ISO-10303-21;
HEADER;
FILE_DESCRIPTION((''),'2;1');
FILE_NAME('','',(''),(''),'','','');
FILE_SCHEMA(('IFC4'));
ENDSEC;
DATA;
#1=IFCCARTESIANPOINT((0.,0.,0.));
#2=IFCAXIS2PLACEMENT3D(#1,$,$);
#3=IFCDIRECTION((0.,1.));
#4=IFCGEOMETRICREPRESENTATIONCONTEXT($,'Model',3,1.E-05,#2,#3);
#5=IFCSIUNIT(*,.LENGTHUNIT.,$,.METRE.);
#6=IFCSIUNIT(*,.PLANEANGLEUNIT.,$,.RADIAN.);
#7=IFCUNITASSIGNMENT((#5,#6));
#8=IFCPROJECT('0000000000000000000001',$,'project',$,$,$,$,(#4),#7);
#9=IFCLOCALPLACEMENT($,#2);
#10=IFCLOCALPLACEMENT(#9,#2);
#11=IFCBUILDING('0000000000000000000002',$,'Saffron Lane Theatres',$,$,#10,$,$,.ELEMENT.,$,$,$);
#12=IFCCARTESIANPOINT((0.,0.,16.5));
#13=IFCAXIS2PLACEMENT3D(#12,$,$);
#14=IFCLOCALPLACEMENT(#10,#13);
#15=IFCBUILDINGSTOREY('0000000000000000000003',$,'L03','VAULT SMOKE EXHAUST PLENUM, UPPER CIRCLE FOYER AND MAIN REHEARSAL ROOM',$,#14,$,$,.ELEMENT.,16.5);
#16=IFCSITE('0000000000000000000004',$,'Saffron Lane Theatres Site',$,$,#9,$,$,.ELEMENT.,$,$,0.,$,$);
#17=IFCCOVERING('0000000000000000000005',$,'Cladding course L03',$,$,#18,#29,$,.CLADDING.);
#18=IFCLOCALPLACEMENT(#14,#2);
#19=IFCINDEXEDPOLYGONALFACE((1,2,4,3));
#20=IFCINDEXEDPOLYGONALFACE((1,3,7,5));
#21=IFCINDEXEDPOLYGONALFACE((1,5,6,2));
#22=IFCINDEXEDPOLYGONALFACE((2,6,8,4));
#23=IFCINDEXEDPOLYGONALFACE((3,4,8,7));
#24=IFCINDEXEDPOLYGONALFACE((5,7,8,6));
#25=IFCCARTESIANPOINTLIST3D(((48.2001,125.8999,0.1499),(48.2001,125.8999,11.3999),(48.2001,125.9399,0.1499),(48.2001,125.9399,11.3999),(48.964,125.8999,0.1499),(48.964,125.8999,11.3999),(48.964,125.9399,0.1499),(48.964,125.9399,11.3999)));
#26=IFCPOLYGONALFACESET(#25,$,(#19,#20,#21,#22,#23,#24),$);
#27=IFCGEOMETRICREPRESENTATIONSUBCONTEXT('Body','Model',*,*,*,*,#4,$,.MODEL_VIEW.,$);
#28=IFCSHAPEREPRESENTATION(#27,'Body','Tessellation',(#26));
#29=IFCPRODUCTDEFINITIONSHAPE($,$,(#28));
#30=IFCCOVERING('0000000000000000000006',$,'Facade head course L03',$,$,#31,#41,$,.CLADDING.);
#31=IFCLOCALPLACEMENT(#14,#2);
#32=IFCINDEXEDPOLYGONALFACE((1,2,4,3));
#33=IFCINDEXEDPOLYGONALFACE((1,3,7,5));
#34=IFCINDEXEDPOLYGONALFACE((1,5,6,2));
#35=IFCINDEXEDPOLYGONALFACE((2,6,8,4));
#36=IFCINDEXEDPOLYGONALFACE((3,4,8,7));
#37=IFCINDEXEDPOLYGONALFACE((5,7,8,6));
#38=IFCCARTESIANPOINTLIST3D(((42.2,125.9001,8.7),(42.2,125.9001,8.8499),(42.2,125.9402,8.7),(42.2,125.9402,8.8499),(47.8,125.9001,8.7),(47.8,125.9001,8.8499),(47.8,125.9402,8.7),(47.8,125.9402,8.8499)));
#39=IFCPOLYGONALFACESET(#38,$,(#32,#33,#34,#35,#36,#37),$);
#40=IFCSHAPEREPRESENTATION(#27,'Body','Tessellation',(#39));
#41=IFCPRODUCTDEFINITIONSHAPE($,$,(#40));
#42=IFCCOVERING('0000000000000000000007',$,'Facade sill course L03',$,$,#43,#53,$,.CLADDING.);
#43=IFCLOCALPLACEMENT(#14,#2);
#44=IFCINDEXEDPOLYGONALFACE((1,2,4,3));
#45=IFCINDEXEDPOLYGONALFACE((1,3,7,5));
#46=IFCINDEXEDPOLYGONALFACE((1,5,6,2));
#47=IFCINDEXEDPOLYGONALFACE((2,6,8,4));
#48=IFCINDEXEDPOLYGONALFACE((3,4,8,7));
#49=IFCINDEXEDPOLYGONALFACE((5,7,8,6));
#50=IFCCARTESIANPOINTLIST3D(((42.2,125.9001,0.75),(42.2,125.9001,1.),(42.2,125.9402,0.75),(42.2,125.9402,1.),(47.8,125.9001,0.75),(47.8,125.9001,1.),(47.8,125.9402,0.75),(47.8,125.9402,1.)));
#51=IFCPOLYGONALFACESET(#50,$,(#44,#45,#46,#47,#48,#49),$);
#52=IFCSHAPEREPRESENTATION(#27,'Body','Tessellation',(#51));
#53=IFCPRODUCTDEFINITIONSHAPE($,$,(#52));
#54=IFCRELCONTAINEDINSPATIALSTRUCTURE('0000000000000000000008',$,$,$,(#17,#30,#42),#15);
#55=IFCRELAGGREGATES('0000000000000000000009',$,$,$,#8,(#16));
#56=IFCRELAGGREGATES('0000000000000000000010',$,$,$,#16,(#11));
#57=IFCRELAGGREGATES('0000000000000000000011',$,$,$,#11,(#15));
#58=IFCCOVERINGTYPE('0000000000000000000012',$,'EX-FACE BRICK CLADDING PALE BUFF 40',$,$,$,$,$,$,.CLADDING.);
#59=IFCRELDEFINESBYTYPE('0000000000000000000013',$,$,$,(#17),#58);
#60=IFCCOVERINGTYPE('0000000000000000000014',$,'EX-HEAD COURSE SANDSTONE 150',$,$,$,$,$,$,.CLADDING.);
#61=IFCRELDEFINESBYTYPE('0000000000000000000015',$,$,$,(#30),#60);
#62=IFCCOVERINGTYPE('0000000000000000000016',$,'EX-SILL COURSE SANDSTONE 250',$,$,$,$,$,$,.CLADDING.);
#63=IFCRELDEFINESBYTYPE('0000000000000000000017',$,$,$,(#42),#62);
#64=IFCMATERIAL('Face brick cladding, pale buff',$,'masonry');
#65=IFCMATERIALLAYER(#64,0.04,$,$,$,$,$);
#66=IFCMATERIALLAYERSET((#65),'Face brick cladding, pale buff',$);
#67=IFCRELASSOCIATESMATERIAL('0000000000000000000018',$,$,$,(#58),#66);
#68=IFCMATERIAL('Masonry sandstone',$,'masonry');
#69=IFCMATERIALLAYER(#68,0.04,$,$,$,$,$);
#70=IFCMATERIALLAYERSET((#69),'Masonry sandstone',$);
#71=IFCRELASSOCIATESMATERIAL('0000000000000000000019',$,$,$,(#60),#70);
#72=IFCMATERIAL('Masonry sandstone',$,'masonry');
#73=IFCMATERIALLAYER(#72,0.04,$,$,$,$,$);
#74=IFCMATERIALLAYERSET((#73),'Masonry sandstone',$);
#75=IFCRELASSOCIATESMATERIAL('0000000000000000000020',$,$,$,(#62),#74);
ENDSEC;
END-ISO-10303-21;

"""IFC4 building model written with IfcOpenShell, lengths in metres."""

from ifc_helpers import new_model, si_unit, direction, frame, origin, origin_2d, place, context, subcontext, project, spatial, rectangle, extrude, material, layer, layer_set, type_object, element, save


model = new_model("IFC4")

# Units and contexts
model_context = context("Model", 3, precision=1e-05, world=origin(), true_north=direction((0.0, 1.0)))
body_context = subcontext(model_context, "Body", "Model", "MODEL_VIEW")
ifc_project = project(units=[si_unit("LENGTHUNIT", "METRE"), si_unit("PLANEANGLEUNIT", "RADIAN")], contexts=[model_context])

# Site, building, storey
site_placement = place(None, origin())
site = spatial("IfcSite", under=ifc_project, at=site_placement, Name="Saffron Lane Theatres Site", CompositionType="ELEMENT", RefElevation=0.0)
building_placement = place(site_placement, origin())
building = spatial("IfcBuilding", under=site, at=building_placement, Name="Saffron Lane Theatres", CompositionType="ELEMENT")
storey_placement = place(building_placement, frame((0.0, 0.0, 16.5)))
storey = spatial("IfcBuildingStorey", under=building, at=storey_placement, Name="L03", Description="VAULT SMOKE EXHAUST PLENUM, UPPER CIRCLE FOYER AND MAIN REHEARSAL ROOM", CompositionType="ELEMENT", Elevation=16.5)

# Coverings
ifc_material_1 = material(Name="Face brick cladding, pale buff", Category="masonry")
ifc_layer_1 = layer(ifc_material_1, 0.04)
ifc_layer_set_1 = layer_set([ifc_layer_1], Name="Face brick cladding, pale buff")
covering_type_1 = type_object("IfcCoveringType", Name="EX-FACE BRICK CLADDING PALE BUFF 40", PredefinedType="CLADDING", material=ifc_layer_set_1)
covering_1_placement = place(storey_placement, frame((48.582, 125.9199, 0.1499), z_axis=(0.0, 0.0, 1.0), x_axis=(1.0, 0.0, 0.0)))
element("IfcCovering", 1, at=covering_1_placement, inside=storey, type_object=covering_type_1, Name="Cladding course L03", PredefinedType="CLADDING", context=body_context, shape_type="SweptSolid", body=[
    extrude(rectangle(XDim=0.7639, YDim=0.04, at=origin_2d()), origin(), (0.0, 0.0, 1.0), 11.25),
])
ifc_material_2 = material(Name="Masonry sandstone", Category="masonry")
ifc_layer_2 = layer(ifc_material_2, 0.04)
ifc_layer_set_2 = layer_set([ifc_layer_2], Name="Masonry sandstone")
covering_type_2 = type_object("IfcCoveringType", Name="EX-HEAD COURSE SANDSTONE 150", PredefinedType="CLADDING", material=ifc_layer_set_2)
covering_2_placement = place(storey_placement, frame((45.0, 125.9202, 8.7), z_axis=(0.0, 0.0, 1.0), x_axis=(1.0, 0.0, 0.0)))
element("IfcCovering", 2, at=covering_2_placement, inside=storey, type_object=covering_type_2, Name="Facade head course L03", PredefinedType="CLADDING", context=body_context, shape_type="SweptSolid", body=[
    extrude(rectangle(XDim=5.6001, YDim=0.04, at=origin_2d()), origin(), (0.0, 0.0, 1.0), 0.1499),
])
ifc_material_3 = material(Name="Masonry sandstone", Category="masonry")
ifc_layer_3 = layer(ifc_material_3, 0.04)
ifc_layer_set_3 = layer_set([ifc_layer_3], Name="Masonry sandstone")
covering_type_3 = type_object("IfcCoveringType", Name="EX-SILL COURSE SANDSTONE 250", PredefinedType="CLADDING", material=ifc_layer_set_3)
covering_3_placement = place(storey_placement, frame((45.0, 125.9202, 0.75), z_axis=(0.0, 0.0, 1.0), x_axis=(1.0, 0.0, 0.0)))
element("IfcCovering", 3, at=covering_3_placement, inside=storey, type_object=covering_type_3, Name="Facade sill course L03", PredefinedType="CLADDING", context=body_context, shape_type="SweptSolid", body=[
    extrude(rectangle(XDim=5.6001, YDim=0.04, at=origin_2d()), origin(), (0.0, 0.0, 1.0), 0.25),
])

save(model, "model.ifc")
